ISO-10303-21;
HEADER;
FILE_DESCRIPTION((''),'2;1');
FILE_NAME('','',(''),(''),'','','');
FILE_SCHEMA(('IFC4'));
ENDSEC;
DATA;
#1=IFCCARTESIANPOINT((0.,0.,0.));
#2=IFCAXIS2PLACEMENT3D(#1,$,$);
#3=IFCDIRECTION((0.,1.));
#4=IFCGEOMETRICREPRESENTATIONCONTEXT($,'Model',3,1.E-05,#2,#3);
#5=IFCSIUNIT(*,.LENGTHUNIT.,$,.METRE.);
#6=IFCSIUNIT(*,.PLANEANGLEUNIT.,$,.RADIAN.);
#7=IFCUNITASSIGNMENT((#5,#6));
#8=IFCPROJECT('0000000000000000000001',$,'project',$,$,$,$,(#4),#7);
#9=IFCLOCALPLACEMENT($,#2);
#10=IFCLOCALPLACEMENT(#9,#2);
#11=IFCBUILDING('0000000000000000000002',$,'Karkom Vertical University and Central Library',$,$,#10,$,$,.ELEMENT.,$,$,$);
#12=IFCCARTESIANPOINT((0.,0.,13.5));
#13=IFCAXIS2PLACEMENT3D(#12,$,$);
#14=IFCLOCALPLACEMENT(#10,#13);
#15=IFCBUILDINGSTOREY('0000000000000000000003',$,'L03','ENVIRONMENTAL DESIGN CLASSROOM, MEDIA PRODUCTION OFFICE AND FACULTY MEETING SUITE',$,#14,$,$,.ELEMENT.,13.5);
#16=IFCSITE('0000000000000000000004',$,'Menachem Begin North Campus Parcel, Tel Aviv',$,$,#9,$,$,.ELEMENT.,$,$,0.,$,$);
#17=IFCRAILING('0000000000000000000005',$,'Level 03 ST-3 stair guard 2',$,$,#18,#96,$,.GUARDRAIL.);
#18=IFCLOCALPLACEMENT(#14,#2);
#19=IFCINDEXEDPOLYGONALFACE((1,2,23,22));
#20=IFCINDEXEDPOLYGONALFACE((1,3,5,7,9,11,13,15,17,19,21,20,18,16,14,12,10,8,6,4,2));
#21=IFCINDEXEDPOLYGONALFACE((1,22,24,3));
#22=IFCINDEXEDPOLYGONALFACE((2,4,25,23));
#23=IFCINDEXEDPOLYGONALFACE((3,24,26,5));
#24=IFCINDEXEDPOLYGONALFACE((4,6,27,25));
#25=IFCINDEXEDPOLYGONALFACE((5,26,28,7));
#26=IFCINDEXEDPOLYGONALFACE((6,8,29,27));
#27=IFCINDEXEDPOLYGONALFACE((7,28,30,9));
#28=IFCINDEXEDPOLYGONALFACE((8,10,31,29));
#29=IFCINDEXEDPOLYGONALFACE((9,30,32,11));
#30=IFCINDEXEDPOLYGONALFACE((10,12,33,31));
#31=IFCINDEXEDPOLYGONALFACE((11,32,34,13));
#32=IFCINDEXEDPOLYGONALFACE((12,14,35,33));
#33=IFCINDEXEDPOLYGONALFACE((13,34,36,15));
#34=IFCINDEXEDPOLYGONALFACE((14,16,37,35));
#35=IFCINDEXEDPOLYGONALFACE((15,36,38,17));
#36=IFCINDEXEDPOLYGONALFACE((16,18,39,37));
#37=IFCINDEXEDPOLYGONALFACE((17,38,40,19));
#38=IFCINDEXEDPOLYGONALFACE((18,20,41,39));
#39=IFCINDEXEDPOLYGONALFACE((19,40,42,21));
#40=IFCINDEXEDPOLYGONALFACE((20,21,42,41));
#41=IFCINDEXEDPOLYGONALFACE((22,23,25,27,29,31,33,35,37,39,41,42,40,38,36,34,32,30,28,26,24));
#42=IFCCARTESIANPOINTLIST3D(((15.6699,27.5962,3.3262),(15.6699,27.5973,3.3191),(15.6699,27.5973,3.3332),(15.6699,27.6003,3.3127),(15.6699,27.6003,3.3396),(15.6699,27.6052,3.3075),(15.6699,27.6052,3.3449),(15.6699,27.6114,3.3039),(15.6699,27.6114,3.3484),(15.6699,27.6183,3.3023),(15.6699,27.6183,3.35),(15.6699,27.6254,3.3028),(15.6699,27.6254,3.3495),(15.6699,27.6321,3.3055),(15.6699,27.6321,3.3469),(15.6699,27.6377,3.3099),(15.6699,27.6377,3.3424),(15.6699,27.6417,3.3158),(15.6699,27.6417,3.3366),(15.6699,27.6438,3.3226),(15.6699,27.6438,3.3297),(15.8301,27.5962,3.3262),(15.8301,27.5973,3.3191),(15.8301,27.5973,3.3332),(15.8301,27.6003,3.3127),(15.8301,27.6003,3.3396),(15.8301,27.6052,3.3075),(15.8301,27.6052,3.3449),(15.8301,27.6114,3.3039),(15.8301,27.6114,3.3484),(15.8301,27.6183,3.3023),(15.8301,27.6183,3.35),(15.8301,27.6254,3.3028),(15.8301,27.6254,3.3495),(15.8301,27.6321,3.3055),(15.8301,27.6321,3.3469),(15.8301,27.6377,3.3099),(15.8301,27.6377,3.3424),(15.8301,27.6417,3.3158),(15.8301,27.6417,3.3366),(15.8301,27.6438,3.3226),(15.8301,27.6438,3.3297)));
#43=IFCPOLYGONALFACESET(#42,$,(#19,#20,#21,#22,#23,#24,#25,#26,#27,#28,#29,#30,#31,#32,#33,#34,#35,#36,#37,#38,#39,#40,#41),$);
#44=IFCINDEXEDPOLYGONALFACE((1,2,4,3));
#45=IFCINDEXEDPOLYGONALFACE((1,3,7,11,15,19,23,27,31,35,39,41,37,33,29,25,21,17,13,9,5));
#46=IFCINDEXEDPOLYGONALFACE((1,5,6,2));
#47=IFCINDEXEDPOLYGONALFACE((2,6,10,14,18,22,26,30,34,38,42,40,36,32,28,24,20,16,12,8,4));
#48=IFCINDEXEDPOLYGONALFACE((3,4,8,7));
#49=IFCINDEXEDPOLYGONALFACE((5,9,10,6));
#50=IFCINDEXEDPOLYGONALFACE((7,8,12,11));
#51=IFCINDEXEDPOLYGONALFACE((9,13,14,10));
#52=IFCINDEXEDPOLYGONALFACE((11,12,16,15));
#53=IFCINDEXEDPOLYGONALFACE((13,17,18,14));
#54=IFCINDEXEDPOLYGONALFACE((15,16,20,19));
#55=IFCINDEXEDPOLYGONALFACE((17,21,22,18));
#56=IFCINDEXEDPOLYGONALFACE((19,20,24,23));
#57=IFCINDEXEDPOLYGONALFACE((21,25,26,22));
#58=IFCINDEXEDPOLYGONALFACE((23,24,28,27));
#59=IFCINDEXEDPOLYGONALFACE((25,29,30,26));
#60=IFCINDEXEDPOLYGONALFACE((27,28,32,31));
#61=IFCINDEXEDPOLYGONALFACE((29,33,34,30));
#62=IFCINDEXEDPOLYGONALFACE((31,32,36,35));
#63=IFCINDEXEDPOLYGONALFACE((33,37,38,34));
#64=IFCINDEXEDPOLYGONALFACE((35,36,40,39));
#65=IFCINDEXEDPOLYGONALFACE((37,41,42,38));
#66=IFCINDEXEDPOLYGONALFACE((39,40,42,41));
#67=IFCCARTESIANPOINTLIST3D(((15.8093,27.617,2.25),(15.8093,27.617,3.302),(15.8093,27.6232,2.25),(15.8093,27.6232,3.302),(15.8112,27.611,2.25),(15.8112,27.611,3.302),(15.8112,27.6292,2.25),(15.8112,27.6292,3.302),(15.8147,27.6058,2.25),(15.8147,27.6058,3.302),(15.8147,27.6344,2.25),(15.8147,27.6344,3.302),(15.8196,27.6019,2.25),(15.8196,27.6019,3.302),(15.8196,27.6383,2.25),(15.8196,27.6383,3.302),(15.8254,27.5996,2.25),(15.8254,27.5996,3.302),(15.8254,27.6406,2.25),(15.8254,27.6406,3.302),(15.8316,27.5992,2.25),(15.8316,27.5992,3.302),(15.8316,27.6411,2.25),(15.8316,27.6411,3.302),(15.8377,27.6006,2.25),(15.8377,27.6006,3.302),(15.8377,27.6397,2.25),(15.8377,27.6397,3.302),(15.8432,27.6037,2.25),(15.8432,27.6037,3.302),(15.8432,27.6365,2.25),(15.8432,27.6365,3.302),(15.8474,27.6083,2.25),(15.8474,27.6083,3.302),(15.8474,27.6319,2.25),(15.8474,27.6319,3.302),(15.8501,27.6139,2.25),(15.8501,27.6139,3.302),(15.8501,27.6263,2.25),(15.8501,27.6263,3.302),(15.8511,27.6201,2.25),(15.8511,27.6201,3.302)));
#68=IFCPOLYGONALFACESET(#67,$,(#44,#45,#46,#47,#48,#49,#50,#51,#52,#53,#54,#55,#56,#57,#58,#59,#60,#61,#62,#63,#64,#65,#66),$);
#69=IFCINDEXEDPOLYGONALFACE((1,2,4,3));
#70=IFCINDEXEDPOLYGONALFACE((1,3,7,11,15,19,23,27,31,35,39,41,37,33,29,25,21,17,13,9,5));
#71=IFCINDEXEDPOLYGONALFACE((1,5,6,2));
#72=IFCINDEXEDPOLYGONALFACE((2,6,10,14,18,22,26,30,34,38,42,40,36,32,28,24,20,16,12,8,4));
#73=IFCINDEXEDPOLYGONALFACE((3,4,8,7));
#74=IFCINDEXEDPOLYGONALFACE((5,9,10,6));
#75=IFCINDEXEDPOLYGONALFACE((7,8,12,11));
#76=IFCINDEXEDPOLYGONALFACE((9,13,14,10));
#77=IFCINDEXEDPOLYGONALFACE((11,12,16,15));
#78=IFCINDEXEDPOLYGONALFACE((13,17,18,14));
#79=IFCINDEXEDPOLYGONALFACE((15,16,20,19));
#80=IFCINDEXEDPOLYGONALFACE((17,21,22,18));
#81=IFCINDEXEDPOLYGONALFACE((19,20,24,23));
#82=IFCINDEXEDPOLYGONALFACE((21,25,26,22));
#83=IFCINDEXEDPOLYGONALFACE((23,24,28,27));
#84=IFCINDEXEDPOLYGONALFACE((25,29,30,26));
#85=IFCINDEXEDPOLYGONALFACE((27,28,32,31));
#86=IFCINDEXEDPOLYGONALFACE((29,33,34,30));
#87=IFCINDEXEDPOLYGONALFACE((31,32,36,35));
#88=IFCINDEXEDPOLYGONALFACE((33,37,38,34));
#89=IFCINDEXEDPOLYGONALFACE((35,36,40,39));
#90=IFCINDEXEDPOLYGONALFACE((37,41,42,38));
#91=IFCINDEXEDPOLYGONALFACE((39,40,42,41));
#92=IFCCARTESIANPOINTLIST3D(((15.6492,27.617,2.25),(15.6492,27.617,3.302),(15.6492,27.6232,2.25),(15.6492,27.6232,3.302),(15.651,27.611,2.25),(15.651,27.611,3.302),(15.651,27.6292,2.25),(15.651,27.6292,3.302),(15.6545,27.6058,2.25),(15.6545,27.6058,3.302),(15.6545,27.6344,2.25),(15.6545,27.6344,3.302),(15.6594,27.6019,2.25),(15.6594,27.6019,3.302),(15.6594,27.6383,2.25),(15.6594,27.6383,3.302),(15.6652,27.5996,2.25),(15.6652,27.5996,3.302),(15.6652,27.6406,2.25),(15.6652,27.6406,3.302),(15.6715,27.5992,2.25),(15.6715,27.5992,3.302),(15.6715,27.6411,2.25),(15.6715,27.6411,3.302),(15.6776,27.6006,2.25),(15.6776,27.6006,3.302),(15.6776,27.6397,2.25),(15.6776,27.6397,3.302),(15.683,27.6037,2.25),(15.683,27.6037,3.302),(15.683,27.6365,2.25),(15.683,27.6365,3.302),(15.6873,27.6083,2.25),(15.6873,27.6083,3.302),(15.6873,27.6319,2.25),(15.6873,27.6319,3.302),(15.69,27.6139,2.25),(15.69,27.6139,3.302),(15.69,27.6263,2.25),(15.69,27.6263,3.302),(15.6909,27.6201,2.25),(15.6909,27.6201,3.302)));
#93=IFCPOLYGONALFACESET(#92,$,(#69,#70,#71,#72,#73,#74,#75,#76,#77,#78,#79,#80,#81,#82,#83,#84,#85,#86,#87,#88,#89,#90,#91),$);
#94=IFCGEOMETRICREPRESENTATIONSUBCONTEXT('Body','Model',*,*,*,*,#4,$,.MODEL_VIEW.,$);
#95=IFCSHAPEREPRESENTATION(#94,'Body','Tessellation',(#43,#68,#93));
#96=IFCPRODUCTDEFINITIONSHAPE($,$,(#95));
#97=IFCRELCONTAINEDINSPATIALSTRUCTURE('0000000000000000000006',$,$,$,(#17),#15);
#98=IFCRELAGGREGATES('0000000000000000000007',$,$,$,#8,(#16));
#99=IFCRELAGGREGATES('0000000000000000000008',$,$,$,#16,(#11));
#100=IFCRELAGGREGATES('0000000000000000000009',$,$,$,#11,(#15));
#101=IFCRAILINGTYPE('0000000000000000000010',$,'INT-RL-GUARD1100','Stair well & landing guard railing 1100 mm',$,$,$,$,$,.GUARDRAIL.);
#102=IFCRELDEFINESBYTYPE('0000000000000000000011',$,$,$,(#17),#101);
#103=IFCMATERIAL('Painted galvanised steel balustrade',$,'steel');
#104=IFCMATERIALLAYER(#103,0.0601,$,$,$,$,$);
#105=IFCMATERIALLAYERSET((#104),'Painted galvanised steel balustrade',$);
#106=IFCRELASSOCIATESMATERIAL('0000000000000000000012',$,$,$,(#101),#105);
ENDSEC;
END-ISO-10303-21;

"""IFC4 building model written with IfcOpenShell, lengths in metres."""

from ifc_helpers import new_model, si_unit, direction, frame, origin, origin_2d, place, context, subcontext, project, spatial, circle, extrude, material, layer, layer_set, type_object, element, save


model = new_model("IFC4")

# Units and contexts
model_context = context("Model", 3, precision=1e-05, world=origin(), true_north=direction((0.0, 1.0)))
body_context = subcontext(model_context, "Body", "Model", "MODEL_VIEW")
ifc_project = project(units=[si_unit("LENGTHUNIT", "METRE"), si_unit("PLANEANGLEUNIT", "RADIAN")], contexts=[model_context])

# Site, building, storey
site_placement = place(None, origin())
site = spatial("IfcSite", under=ifc_project, at=site_placement, Name="Menachem Begin North Campus Parcel, Tel Aviv", CompositionType="ELEMENT", RefElevation=0.0)
building_placement = place(site_placement, origin())
building = spatial("IfcBuilding", under=site, at=building_placement, Name="Karkom Vertical University and Central Library", CompositionType="ELEMENT")
storey_placement = place(building_placement, frame((0.0, 0.0, 13.5)))
storey = spatial("IfcBuildingStorey", under=building, at=storey_placement, Name="L03", Description="ENVIRONMENTAL DESIGN CLASSROOM, MEDIA PRODUCTION OFFICE AND FACULTY MEETING SUITE", CompositionType="ELEMENT", Elevation=13.5)

# Railing
ifc_material_1 = material(Name="Painted galvanised steel balustrade", Category="steel")
ifc_layer_1 = layer(ifc_material_1, 0.0601)
ifc_layer_set_1 = layer_set([ifc_layer_1], Name="Painted galvanised steel balustrade")
railing_type_1 = type_object("IfcRailingType", Name="INT-RL-GUARD1100", Description="Stair well & landing guard railing 1100 mm", PredefinedType="GUARDRAIL", material=ifc_layer_set_1)
railing_1_placement = place(storey_placement, frame((15.8301, 27.6201, 2.25)))
element("IfcRailing", 1, at=railing_1_placement, inside=storey, type_object=railing_type_1, Name="Level 03 ST-3 stair guard 2", PredefinedType="GUARDRAIL", context=body_context, shape_type="SweptSolid", body=[
    extrude(circle(Radius=0.0239, at=origin_2d()), frame((0.0, 0.0, 1.0762), z_axis=(-1.0, 0.0, 0.0), x_axis=(0.0, -1.0, 0.0)), (0.0, 0.0, 1.0), 0.1602),
    extrude(circle(Radius=0.021, at=origin_2d()), origin(), (0.0, 0.0, 1.0), 1.052),
    extrude(circle(Radius=0.021, at=origin_2d()), frame((-0.1602, 0.0, 0.0)), (0.0, 0.0, 1.0), 1.052),
])

save(model, "model.ifc")
